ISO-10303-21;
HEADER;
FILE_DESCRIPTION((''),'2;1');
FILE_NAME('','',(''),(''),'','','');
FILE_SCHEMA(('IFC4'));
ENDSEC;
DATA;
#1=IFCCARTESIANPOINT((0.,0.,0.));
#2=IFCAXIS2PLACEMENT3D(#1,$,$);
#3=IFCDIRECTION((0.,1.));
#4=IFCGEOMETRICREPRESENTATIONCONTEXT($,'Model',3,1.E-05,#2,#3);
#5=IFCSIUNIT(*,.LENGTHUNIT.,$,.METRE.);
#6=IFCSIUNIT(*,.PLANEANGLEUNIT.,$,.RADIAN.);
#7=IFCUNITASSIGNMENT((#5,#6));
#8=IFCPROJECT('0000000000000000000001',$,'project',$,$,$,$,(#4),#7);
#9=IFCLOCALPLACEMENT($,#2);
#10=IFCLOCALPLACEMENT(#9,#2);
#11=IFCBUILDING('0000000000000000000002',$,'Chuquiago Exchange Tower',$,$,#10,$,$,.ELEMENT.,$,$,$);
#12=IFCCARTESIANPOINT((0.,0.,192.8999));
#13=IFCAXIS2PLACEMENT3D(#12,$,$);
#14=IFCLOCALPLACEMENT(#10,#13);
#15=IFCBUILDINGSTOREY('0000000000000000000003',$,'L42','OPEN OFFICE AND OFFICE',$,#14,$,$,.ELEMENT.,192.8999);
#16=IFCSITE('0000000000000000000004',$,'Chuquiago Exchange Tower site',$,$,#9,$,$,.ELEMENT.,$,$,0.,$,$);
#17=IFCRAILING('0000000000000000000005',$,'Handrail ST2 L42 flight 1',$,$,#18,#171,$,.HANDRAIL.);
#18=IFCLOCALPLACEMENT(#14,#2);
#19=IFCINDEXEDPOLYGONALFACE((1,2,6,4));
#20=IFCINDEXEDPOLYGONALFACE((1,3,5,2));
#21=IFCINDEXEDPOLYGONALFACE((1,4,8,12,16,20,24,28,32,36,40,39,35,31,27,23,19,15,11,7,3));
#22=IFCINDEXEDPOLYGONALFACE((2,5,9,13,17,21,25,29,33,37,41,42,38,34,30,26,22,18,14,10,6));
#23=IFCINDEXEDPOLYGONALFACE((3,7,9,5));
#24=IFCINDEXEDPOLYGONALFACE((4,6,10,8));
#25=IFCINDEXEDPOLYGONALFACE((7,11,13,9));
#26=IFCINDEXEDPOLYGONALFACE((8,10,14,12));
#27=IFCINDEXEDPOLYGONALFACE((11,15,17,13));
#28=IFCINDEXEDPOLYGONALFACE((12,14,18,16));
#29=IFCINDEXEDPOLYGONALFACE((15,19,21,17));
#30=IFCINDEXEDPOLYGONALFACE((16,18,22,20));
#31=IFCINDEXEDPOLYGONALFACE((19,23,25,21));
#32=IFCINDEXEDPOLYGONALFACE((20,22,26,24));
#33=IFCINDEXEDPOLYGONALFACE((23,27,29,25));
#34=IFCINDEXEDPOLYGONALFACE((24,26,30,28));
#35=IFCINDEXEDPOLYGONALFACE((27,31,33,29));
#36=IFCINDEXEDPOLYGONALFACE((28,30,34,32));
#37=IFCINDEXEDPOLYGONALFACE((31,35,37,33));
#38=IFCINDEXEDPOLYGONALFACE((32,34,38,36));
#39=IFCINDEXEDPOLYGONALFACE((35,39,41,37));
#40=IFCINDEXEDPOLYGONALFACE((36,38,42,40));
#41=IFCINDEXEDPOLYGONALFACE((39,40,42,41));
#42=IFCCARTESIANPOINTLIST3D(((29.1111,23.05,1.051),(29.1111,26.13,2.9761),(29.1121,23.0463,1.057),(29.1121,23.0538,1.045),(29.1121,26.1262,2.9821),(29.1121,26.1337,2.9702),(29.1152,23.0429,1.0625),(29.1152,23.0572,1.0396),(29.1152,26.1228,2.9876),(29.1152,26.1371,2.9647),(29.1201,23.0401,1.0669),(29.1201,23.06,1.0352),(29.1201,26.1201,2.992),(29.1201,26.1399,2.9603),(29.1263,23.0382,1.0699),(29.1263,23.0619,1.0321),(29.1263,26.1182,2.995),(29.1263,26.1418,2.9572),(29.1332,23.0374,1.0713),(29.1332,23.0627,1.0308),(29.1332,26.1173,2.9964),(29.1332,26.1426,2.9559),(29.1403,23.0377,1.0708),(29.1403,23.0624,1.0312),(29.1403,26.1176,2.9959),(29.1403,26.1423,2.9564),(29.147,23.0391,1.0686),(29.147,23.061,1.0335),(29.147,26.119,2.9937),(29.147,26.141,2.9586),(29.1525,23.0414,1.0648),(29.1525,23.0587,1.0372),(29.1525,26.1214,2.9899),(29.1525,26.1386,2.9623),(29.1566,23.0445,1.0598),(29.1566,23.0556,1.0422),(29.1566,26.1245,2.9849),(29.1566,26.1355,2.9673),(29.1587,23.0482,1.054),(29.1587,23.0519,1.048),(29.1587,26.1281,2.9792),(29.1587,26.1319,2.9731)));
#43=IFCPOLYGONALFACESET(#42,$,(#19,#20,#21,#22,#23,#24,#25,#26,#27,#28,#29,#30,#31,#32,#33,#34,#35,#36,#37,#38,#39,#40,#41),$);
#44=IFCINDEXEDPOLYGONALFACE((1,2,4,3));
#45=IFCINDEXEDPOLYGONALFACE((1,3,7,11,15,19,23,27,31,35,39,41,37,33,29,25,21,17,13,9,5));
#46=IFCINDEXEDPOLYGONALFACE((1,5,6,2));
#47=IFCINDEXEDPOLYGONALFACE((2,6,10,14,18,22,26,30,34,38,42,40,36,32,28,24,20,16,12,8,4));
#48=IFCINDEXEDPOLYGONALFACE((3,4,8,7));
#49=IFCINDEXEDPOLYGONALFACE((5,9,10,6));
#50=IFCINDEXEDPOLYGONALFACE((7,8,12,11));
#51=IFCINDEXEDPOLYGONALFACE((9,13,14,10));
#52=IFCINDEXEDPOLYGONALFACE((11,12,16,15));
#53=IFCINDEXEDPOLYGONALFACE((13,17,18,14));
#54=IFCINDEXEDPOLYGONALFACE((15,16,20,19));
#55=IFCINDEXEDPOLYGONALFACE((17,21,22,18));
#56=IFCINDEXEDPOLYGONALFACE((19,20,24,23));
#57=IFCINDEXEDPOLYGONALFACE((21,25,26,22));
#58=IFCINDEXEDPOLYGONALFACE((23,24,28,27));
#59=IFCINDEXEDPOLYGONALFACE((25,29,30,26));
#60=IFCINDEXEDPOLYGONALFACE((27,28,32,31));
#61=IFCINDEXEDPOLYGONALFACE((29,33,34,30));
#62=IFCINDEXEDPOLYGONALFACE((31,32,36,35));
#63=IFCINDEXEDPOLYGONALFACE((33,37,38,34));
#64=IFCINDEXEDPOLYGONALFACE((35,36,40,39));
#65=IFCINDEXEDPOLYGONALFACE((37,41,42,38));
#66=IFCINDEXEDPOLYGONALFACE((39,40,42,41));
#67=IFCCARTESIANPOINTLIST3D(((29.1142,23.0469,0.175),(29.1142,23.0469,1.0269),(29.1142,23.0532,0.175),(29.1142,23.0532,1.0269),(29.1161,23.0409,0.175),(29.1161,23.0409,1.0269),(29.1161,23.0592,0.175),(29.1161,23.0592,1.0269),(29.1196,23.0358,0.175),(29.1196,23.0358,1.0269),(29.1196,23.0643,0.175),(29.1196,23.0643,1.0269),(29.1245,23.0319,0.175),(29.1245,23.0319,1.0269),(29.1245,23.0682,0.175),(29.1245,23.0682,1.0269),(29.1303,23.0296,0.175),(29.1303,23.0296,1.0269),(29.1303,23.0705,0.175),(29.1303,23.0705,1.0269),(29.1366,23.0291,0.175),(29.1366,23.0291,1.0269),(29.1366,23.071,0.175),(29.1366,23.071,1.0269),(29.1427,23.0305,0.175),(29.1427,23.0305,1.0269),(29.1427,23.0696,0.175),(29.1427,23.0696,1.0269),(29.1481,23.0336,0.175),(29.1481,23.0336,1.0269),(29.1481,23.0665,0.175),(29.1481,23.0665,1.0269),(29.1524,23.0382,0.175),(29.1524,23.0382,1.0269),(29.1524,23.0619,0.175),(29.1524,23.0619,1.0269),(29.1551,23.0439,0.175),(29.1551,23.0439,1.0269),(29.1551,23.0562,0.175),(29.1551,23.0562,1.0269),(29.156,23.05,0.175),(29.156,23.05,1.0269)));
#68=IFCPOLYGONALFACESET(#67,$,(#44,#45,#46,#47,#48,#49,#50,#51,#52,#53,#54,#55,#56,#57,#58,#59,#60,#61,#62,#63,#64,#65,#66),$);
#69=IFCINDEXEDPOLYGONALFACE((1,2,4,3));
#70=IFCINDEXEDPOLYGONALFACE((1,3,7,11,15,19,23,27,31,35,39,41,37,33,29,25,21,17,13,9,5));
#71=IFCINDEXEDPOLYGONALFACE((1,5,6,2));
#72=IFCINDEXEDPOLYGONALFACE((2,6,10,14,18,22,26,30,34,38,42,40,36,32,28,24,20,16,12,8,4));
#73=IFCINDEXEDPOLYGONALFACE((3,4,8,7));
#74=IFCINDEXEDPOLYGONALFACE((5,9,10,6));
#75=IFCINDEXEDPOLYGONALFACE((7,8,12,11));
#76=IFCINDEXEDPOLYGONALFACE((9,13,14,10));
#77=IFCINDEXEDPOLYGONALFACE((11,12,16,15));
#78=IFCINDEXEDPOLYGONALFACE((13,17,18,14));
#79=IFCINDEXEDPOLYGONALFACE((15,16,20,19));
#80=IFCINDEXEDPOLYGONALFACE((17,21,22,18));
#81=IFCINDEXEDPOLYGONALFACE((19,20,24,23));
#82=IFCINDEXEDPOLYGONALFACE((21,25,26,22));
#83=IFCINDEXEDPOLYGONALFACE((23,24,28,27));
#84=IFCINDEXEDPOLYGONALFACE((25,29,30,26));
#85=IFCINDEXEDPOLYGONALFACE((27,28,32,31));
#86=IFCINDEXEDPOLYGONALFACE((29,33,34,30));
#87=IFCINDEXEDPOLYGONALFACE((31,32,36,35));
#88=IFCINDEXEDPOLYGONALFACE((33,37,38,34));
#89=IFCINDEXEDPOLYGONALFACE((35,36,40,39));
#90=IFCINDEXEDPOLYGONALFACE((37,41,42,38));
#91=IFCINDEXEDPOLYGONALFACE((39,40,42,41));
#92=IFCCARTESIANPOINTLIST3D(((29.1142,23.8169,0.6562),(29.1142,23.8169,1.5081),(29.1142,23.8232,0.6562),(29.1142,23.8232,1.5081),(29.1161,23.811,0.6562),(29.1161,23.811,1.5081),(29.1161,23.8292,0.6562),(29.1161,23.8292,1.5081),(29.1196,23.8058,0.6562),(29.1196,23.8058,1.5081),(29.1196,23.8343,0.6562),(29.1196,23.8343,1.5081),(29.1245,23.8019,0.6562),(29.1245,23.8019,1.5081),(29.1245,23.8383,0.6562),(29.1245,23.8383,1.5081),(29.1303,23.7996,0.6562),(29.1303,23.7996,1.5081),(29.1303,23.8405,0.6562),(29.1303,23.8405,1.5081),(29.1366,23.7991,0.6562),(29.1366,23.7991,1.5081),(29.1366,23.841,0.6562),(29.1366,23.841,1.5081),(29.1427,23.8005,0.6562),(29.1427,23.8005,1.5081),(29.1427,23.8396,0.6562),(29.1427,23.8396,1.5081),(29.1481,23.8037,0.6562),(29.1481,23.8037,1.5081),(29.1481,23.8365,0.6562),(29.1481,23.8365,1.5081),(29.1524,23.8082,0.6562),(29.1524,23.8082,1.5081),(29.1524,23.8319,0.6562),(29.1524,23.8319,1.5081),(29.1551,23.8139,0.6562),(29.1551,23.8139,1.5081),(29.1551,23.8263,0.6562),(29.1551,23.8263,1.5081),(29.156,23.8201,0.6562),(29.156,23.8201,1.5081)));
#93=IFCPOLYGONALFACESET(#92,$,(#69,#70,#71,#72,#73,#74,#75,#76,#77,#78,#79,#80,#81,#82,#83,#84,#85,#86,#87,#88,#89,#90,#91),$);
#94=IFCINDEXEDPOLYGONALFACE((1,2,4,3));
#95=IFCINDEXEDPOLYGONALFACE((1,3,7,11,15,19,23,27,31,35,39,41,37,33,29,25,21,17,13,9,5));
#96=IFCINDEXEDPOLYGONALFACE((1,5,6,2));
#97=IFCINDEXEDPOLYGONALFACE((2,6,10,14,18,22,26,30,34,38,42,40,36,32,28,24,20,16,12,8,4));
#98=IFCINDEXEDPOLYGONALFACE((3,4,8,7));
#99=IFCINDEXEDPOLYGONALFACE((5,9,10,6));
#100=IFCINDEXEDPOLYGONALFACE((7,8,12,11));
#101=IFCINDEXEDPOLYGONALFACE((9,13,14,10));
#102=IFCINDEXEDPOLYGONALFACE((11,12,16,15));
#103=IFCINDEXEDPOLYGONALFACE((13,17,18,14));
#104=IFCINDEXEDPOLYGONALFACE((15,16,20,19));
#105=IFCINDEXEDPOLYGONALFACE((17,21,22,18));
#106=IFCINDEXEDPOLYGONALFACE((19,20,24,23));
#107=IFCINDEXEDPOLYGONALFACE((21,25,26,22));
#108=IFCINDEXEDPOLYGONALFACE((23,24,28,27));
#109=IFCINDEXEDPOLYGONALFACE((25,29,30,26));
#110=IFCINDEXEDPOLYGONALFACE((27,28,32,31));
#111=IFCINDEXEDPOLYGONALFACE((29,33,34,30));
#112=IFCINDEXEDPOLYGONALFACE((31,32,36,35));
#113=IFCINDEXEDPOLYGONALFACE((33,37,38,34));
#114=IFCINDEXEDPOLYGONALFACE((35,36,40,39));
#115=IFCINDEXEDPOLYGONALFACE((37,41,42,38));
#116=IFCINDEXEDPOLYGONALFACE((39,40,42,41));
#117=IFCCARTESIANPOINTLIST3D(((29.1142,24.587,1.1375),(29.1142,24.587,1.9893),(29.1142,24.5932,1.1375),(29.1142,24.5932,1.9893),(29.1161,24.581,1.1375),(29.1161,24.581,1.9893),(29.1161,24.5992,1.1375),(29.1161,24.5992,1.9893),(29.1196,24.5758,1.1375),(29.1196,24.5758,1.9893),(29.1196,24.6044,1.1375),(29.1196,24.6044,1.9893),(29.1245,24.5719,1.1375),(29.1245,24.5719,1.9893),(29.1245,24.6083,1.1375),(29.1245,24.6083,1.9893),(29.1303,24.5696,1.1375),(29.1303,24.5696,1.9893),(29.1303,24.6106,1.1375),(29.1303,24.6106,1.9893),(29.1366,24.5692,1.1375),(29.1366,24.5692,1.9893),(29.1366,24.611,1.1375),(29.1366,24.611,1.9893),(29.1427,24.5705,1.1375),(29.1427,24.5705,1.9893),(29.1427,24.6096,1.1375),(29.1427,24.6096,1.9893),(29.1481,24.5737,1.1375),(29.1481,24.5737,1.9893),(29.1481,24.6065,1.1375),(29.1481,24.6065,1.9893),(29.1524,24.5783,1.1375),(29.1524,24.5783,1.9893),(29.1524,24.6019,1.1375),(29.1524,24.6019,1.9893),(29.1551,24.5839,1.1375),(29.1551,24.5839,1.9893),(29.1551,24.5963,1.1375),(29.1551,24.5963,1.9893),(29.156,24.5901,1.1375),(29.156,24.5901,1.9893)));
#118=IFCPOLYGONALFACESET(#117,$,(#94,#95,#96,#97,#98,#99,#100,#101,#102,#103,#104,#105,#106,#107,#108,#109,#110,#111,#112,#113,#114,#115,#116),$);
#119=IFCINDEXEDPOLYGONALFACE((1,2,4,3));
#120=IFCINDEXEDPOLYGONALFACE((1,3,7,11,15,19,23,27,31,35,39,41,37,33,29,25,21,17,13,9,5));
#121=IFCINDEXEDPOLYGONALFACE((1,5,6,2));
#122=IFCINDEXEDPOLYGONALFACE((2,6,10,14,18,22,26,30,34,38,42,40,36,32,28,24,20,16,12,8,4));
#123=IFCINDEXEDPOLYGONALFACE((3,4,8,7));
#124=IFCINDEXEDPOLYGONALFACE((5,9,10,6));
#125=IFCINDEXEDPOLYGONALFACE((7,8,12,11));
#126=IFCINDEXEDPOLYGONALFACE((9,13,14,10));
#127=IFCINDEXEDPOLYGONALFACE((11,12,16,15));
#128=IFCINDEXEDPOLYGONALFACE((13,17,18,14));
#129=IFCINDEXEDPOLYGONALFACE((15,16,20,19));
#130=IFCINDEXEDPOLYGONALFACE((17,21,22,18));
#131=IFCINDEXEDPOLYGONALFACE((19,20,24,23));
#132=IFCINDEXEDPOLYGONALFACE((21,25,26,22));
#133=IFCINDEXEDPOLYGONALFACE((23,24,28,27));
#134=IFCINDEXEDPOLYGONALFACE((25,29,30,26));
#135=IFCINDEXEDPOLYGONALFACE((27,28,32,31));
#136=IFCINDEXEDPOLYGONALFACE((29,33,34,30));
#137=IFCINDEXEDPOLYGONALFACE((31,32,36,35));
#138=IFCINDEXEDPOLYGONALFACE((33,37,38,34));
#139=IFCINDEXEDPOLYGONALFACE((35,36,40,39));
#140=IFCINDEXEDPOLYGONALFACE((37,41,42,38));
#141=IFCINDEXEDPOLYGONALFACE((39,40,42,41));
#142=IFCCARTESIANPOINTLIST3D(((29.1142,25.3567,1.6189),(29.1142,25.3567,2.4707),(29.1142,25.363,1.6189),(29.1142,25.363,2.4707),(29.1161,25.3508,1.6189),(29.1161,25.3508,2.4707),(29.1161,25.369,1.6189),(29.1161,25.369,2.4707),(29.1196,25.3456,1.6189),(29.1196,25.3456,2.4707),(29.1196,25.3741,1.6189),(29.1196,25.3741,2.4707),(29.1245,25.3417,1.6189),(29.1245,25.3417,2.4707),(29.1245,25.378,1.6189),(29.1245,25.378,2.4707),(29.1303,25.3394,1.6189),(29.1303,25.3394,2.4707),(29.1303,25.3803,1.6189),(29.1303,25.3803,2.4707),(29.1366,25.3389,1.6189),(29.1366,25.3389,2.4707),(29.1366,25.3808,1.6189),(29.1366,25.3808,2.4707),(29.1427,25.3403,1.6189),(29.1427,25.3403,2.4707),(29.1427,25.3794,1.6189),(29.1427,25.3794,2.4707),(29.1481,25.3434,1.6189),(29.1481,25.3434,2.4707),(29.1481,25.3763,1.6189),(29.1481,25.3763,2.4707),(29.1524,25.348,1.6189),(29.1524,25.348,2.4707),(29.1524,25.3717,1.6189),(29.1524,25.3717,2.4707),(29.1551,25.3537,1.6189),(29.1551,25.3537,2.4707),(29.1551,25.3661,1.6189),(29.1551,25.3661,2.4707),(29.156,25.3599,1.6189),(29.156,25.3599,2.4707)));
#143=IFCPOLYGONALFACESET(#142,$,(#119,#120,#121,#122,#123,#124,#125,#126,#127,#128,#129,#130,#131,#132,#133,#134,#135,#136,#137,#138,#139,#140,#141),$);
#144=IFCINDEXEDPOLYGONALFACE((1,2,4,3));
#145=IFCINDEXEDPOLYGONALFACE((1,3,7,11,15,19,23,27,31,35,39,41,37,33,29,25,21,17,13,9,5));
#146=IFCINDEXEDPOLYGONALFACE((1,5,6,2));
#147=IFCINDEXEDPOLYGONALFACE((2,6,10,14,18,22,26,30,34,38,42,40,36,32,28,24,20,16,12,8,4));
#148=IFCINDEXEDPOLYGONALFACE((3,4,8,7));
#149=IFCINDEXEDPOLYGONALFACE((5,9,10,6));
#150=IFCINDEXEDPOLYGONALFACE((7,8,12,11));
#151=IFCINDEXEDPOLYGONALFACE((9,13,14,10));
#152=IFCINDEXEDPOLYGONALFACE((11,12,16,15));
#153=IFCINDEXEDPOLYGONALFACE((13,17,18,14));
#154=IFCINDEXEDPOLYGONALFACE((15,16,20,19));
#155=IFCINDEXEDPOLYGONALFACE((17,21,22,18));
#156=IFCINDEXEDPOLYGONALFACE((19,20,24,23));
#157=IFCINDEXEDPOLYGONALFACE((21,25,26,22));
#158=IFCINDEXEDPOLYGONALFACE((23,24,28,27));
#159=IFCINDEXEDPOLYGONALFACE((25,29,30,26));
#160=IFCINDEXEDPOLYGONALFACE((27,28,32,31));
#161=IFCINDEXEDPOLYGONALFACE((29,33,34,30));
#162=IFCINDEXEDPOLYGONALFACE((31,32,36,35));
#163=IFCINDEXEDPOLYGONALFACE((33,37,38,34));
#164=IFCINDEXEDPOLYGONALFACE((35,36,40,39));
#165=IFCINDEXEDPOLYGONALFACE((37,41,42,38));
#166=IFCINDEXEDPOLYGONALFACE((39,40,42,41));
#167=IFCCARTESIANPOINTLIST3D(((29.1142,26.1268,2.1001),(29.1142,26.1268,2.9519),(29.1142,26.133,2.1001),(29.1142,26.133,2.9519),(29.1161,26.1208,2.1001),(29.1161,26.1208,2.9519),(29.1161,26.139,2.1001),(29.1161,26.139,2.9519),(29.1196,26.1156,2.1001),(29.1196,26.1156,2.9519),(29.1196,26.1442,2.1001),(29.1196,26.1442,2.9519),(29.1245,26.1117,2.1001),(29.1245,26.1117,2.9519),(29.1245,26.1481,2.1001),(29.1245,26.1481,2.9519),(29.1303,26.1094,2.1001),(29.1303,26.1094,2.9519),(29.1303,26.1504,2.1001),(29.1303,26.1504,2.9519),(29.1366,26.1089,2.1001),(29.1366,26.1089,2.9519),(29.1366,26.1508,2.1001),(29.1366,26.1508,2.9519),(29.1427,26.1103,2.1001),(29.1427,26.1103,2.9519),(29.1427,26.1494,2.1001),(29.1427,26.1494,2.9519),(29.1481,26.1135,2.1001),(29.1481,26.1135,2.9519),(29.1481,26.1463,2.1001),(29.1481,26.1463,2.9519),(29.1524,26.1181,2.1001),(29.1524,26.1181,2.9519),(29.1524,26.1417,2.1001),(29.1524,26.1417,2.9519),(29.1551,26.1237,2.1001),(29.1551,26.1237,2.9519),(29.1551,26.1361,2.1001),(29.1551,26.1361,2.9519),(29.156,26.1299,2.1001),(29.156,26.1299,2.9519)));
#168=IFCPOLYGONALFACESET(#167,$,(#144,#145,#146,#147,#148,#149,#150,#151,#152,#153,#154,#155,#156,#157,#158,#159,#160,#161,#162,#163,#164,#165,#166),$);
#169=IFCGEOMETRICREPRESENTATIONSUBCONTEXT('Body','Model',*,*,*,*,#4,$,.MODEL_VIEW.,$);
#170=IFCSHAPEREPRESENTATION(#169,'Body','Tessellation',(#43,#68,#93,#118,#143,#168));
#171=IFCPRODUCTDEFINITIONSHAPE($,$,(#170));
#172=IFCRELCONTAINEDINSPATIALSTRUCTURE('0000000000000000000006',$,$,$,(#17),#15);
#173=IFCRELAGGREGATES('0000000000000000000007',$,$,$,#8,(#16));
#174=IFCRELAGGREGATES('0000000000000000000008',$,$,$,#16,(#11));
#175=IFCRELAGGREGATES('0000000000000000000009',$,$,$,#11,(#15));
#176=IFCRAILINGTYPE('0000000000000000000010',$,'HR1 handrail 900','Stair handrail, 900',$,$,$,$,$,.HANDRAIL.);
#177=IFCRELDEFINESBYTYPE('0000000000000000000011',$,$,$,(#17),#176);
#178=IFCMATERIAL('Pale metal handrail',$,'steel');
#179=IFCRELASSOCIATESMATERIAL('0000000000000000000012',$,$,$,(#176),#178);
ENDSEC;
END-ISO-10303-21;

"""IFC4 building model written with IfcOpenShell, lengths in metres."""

from ifc_helpers import new_model, si_unit, direction, frame, origin, origin_2d, place, context, subcontext, project, spatial, circle, extrude, material, type_object, element, save


model = new_model("IFC4")

# Units and contexts
model_context = context("Model", 3, precision=1e-05, world=origin(), true_north=direction((0.0, 1.0)))
body_context = subcontext(model_context, "Body", "Model", "MODEL_VIEW")
ifc_project = project(units=[si_unit("LENGTHUNIT", "METRE"), si_unit("PLANEANGLEUNIT", "RADIAN")], contexts=[model_context])

# Site, building, storey
site_placement = place(None, origin())
site = spatial("IfcSite", under=ifc_project, at=site_placement, Name="Chuquiago Exchange Tower site", CompositionType="ELEMENT", RefElevation=0.0)
building_placement = place(site_placement, origin())
building = spatial("IfcBuilding", under=site, at=building_placement, Name="Chuquiago Exchange Tower", CompositionType="ELEMENT")
storey_placement = place(building_placement, frame((0.0, 0.0, 192.8999)))
storey = spatial("IfcBuildingStorey", under=building, at=storey_placement, Name="L42", Description="OPEN OFFICE AND OFFICE", CompositionType="ELEMENT", Elevation=192.8999)

# Railing
ifc_material_1 = material(Name="Pale metal handrail", Category="steel")
railing_type_1 = type_object("IfcRailingType", Name="HR1 handrail 900", Description="Stair handrail, 900", PredefinedType="HANDRAIL", material=ifc_material_1)
for number, where, name in (
    (1, (29.135, 23.05, 0.175), "Handrail ST2 L42 flight 1"),
):
    element("IfcRailing", number, at=place(storey_placement, frame(where)), inside=storey, type_object=railing_type_1, Name=name, PredefinedType="HANDRAIL", context=body_context, shape_type="SweptSolid", body=[
        extrude(circle(Radius=0.0239, at=origin_2d()), frame((0.0, 0.0, 0.876), z_axis=(0.0, 0.847979, 0.530029), x_axis=(-1.0, 0.0, 0.0)), (0.0, 0.0, 1.0), 3.6321),
        extrude(circle(Radius=0.021, at=origin_2d()), origin(), (0.0, 0.0, 1.0), 0.8518),
        extrude(circle(Radius=0.021, at=origin_2d()), frame((0.0, 0.77, 0.4812)), (0.0, 0.0, 1.0), 0.8518),
        extrude(circle(Radius=0.021, at=origin_2d()), frame((0.0, 1.54, 0.9624)), (0.0, 0.0, 1.0), 0.8518),
        extrude(circle(Radius=0.021, at=origin_2d()), frame((0.0, 2.3098, 1.4438)), (0.0, 0.0, 1.0), 0.8518),
        extrude(circle(Radius=0.021, at=origin_2d()), frame((0.0, 3.0798, 1.925)), (0.0, 0.0, 1.0), 0.8518),
    ])

save(model, "model.ifc")
